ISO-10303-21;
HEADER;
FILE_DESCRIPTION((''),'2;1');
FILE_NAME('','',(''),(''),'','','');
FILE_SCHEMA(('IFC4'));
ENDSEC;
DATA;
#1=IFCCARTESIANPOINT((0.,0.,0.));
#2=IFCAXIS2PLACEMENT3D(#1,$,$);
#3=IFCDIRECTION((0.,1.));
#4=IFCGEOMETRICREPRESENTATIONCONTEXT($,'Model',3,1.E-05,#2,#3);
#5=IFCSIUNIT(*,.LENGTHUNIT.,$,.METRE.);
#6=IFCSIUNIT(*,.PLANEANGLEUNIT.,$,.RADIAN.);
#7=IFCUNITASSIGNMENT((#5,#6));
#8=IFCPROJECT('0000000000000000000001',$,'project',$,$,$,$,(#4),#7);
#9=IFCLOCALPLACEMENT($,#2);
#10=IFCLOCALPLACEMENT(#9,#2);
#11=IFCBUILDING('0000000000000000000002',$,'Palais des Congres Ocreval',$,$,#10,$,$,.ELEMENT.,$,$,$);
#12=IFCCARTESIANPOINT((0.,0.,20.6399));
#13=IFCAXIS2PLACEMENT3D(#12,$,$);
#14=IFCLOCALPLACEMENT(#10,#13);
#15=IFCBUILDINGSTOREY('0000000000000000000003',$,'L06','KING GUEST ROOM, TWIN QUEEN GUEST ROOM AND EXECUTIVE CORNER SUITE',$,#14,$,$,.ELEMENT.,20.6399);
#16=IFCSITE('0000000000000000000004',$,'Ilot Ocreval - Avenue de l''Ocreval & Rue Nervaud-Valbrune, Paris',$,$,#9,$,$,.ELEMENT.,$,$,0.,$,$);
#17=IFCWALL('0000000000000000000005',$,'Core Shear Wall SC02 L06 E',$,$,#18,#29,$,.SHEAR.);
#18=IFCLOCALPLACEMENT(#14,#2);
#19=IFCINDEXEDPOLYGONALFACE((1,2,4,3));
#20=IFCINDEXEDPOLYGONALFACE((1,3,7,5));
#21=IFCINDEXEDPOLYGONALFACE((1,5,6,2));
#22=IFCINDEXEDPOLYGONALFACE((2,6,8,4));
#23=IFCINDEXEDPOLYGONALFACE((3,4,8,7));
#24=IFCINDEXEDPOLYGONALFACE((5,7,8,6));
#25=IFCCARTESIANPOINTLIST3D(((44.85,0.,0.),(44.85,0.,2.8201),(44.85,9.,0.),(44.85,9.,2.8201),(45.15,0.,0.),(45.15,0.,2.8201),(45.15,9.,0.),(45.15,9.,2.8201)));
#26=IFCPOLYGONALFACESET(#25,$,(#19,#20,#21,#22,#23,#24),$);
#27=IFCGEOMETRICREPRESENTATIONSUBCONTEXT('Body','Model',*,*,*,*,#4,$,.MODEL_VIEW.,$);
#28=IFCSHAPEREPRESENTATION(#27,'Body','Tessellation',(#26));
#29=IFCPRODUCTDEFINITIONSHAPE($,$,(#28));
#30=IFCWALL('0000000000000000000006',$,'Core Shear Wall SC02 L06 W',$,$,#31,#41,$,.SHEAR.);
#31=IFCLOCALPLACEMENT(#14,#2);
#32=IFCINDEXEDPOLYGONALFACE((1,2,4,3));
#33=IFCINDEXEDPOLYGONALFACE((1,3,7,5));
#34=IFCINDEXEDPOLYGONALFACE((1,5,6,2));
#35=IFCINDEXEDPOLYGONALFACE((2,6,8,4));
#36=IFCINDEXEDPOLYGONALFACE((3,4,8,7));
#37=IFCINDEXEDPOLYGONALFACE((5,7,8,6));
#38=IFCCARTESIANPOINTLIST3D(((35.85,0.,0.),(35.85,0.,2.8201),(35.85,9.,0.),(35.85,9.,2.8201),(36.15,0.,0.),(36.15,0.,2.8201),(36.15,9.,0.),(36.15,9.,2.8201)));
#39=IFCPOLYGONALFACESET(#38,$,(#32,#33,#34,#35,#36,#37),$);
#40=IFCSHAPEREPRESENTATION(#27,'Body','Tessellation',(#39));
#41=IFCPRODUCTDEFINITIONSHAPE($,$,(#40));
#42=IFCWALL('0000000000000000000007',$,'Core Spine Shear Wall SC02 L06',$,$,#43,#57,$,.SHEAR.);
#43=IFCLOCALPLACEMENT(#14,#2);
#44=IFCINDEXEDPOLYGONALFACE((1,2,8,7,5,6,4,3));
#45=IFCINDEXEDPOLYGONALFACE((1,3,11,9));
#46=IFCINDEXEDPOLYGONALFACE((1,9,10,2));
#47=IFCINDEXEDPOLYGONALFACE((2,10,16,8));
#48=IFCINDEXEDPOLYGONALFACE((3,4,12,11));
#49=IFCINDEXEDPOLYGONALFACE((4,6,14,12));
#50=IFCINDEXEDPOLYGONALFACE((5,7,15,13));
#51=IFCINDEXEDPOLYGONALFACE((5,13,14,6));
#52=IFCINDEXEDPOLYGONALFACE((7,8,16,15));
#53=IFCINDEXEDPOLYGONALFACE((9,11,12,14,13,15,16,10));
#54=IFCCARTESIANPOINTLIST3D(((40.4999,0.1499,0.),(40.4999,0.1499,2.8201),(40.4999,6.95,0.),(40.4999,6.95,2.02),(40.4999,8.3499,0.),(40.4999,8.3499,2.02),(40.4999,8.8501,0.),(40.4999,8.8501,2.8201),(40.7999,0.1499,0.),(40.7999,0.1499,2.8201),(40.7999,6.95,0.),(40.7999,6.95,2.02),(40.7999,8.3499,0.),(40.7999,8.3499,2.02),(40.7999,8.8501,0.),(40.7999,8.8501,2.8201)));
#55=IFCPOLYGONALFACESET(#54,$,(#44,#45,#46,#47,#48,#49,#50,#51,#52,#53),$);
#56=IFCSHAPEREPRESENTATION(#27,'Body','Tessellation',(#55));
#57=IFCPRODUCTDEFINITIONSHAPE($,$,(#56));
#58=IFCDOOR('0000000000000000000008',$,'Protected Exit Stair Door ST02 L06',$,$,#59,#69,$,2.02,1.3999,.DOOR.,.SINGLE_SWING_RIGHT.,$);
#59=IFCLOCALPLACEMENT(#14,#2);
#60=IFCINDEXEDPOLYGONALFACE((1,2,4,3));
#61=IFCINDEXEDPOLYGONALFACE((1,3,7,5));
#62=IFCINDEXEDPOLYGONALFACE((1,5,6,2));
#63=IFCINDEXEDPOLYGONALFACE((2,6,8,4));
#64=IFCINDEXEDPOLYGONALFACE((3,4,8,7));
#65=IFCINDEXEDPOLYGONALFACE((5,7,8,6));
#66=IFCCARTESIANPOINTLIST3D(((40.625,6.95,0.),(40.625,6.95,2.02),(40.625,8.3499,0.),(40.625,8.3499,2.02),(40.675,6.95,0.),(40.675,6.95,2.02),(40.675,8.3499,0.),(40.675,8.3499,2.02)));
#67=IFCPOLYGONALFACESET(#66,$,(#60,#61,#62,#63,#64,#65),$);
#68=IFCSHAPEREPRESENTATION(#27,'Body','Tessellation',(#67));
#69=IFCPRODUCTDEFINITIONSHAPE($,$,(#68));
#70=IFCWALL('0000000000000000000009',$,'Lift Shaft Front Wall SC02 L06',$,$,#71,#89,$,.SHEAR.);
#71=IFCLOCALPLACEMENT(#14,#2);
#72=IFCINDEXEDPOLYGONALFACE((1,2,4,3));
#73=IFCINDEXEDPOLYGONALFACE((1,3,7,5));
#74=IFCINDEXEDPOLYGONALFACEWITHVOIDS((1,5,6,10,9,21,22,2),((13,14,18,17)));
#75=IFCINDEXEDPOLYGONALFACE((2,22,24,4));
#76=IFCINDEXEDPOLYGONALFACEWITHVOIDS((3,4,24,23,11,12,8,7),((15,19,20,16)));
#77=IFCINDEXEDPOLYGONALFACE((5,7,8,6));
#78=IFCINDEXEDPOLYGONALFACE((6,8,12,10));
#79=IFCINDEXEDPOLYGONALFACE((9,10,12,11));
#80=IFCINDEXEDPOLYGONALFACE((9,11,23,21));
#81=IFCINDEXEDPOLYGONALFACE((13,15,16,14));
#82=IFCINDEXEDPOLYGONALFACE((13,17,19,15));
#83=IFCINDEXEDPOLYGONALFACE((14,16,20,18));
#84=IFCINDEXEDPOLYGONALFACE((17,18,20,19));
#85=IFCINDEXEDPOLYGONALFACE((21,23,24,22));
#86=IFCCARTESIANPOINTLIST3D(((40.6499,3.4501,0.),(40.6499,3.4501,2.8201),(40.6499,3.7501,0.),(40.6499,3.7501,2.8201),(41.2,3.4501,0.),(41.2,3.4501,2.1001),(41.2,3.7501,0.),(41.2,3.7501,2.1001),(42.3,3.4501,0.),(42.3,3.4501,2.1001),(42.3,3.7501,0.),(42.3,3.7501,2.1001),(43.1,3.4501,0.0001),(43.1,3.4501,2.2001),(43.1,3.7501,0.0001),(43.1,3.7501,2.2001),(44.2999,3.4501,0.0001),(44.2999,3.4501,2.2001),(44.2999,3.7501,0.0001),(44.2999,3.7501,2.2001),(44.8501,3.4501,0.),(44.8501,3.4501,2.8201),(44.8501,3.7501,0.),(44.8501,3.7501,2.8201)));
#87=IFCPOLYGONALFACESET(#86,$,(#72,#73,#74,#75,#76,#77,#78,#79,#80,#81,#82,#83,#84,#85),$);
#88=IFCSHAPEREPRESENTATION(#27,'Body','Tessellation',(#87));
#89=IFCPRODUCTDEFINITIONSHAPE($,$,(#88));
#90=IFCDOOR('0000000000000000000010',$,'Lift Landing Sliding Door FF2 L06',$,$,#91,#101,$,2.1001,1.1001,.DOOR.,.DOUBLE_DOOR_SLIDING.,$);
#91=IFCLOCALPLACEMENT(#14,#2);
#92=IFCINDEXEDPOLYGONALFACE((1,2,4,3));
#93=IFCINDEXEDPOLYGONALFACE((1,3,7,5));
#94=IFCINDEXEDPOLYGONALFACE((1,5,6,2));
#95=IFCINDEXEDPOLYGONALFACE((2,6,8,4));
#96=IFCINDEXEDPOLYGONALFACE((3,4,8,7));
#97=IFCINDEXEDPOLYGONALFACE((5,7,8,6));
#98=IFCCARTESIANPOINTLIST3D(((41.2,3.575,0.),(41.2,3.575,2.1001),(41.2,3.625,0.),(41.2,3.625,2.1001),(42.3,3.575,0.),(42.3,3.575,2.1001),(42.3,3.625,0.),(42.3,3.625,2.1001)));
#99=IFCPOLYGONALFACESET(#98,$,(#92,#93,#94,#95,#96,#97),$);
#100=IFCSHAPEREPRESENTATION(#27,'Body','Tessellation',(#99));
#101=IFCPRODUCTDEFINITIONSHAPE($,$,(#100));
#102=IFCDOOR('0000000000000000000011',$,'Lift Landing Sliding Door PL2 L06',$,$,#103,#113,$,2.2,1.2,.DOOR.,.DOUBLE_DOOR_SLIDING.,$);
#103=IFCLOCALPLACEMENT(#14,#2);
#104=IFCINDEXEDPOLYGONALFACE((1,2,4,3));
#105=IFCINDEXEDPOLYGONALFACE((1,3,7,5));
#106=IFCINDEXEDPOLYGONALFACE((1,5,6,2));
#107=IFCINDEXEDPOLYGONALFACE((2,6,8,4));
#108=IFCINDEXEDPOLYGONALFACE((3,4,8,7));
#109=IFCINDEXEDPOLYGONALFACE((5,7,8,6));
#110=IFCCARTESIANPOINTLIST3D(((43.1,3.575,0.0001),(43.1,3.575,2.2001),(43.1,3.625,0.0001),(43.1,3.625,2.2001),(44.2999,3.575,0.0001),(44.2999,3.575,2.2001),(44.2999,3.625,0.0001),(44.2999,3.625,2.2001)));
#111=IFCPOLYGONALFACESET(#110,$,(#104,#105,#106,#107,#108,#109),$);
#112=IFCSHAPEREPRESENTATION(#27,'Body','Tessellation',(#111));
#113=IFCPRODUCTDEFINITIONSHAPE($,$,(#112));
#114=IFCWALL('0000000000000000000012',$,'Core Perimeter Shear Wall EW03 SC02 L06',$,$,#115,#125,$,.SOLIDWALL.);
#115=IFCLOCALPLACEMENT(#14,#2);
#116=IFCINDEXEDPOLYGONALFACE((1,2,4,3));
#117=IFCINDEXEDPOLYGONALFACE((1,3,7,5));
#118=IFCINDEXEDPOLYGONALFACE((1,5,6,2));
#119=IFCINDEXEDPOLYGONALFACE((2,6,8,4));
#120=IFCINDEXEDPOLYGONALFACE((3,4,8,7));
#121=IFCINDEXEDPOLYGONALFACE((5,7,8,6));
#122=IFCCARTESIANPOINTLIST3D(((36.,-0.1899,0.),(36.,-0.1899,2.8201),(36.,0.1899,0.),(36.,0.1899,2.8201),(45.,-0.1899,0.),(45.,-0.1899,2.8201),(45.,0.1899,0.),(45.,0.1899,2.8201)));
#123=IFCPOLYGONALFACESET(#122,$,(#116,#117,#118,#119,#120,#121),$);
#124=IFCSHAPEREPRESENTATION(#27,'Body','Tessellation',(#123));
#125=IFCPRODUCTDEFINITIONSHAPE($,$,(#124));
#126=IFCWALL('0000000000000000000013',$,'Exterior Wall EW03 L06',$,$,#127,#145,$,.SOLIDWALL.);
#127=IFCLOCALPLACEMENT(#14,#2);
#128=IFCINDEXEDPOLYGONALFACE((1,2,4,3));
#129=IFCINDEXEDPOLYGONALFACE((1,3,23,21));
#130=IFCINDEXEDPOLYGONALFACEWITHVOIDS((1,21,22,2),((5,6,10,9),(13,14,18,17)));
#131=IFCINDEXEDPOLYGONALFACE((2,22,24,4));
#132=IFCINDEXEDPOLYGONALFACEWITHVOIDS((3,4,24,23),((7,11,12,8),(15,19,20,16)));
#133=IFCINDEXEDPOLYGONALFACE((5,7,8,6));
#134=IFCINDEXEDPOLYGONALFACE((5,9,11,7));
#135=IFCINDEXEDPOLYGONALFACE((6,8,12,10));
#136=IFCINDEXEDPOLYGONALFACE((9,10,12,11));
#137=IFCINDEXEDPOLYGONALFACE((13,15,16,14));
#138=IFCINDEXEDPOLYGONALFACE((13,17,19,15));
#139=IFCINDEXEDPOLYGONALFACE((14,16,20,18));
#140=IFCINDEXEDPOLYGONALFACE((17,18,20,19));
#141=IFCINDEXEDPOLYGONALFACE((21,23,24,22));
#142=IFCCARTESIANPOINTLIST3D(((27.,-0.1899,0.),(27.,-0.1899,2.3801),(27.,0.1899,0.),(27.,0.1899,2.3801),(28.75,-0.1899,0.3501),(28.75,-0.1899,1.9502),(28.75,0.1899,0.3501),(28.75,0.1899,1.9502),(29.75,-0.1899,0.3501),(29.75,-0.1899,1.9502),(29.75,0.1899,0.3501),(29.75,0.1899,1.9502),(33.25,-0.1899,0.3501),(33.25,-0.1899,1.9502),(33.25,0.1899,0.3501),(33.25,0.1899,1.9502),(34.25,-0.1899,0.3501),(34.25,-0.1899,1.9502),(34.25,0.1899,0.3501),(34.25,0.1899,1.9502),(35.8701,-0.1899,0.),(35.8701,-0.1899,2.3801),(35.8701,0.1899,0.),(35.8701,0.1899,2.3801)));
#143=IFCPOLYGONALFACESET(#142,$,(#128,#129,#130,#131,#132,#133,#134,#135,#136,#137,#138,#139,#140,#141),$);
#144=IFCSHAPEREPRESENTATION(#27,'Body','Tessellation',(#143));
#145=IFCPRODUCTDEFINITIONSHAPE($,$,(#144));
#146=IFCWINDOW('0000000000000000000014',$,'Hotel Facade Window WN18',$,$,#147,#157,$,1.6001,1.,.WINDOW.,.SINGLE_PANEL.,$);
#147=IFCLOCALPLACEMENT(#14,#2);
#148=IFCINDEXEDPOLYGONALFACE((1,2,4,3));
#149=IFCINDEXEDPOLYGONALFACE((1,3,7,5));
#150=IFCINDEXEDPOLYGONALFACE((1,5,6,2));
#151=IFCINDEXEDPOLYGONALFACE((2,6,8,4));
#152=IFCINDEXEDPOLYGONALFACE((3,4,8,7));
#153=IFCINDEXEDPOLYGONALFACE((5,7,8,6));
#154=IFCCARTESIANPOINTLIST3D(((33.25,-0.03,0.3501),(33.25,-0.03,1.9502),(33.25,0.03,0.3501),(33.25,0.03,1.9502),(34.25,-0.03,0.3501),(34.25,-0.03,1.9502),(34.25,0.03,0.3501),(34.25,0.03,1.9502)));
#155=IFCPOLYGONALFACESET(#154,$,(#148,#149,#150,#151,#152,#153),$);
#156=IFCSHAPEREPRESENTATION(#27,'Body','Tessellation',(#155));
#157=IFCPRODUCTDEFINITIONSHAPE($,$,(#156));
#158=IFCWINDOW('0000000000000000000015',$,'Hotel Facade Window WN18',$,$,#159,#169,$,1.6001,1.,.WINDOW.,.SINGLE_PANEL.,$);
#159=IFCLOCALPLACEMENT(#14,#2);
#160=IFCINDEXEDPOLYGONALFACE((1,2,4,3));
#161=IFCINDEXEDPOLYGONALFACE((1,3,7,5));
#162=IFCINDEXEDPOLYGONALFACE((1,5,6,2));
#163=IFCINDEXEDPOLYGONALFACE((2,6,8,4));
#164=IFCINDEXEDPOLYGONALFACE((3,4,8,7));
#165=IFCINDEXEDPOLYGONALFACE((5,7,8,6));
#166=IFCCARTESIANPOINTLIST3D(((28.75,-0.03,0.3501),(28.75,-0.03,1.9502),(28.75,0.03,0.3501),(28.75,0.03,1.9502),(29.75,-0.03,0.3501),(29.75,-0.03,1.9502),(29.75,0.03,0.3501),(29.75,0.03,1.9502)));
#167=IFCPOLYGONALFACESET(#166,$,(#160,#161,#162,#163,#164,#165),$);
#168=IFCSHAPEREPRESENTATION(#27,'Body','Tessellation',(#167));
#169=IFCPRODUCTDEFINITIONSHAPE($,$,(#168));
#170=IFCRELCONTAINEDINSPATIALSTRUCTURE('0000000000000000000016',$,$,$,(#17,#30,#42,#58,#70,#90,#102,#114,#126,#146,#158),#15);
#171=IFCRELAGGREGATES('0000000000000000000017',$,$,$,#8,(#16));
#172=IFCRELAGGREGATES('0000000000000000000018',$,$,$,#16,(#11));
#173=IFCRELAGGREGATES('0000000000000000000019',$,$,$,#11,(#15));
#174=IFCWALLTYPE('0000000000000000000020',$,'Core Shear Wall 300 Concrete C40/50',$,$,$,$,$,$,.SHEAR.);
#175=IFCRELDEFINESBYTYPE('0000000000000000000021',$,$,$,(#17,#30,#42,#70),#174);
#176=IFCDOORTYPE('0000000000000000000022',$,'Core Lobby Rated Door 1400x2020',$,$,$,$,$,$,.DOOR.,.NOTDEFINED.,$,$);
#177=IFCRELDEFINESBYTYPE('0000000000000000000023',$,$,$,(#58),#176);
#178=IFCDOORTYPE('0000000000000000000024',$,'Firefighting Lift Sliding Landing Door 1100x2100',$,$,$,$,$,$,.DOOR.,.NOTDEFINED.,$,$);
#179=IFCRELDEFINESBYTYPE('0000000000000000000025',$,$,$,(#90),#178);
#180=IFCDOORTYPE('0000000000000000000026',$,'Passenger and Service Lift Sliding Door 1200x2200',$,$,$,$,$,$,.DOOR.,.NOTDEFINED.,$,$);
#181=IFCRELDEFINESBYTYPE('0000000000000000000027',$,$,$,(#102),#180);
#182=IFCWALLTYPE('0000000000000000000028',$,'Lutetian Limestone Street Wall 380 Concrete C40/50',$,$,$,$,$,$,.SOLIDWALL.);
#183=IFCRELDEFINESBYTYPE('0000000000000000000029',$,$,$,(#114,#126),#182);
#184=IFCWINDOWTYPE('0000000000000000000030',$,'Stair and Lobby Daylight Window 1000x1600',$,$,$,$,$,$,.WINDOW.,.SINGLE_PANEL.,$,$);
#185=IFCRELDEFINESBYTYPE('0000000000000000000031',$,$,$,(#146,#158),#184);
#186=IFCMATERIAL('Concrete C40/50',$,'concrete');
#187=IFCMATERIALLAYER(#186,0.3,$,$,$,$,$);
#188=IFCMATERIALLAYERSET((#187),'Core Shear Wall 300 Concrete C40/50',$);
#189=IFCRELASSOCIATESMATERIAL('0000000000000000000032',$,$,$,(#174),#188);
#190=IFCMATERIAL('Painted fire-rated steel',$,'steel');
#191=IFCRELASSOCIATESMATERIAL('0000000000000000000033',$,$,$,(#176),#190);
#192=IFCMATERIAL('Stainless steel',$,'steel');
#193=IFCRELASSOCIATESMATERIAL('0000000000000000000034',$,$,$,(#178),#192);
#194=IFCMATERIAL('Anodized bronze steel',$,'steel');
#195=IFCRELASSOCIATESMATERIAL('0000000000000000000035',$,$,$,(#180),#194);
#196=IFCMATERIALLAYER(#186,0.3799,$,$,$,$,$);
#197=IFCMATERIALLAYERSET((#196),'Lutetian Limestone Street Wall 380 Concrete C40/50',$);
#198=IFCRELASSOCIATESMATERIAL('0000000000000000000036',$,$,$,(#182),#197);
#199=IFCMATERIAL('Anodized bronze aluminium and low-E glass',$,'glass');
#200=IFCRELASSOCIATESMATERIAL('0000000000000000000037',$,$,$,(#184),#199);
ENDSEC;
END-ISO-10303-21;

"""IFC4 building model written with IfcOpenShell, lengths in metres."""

from ifc_helpers import new_model, si_unit, direction, frame, frame_2d, origin, place, context, subcontext, project, spatial, rectangle, extrude, material, layer, layer_set, type_object, element, fill, save


model = new_model("IFC4")

# Units and contexts
model_context = context("Model", 3, precision=1e-05, world=origin(), true_north=direction((0.0, 1.0)))
body_context = subcontext(model_context, "Body", "Model", "MODEL_VIEW")
ifc_project = project(units=[si_unit("LENGTHUNIT", "METRE"), si_unit("PLANEANGLEUNIT", "RADIAN")], contexts=[model_context])

# Site, building, storey
site_placement = place(None, origin())
site = spatial("IfcSite", under=ifc_project, at=site_placement, Name="Ilot Ocreval - Avenue de l'Ocreval & Rue Nervaud-Valbrune, Paris", CompositionType="ELEMENT", RefElevation=0.0)
building_placement = place(site_placement, origin())
building = spatial("IfcBuilding", under=site, at=building_placement, Name="Palais des Congres Ocreval", CompositionType="ELEMENT")
storey_placement = place(building_placement, frame((0.0, 0.0, 20.6399)))
storey = spatial("IfcBuildingStorey", under=building, at=storey_placement, Name="L06", Description="KING GUEST ROOM, TWIN QUEEN GUEST ROOM AND EXECUTIVE CORNER SUITE", CompositionType="ELEMENT", Elevation=20.6399)

# Walls
ifc_material_1 = material(Name="Concrete C40/50", Category="concrete")
ifc_layer_1 = layer(ifc_material_1, 0.3)
ifc_layer_set_1 = layer_set([ifc_layer_1], Name="Core Shear Wall 300 Concrete C40/50")
wall_type_1 = type_object("IfcWallType", Name="Core Shear Wall 300 Concrete C40/50", PredefinedType="SHEAR", material=ifc_layer_set_1)
for number, where, z_axis, x_axis, name in (
    (1, (45.0, 0.0, 0.0), (0.0, 0.0, 1.0), (0.0, 1.0, 0.0), "Core Shear Wall SC02 L06 E"),
    (2, (36.0, 0.0, 0.0), (0.0, 0.0, 1.0), (0.0, 1.0, 0.0), "Core Shear Wall SC02 L06 W"),
):
    element("IfcWall", number, at=place(storey_placement, frame(where, z_axis=z_axis, x_axis=x_axis)), inside=storey, type_object=wall_type_1, Name=name, PredefinedType="SHEAR", context=body_context, shape_type="SweptSolid", body=[
        extrude(rectangle(XDim=9.0, YDim=0.3, at=frame_2d((4.5, 0.0))), origin(), (0.0, 0.0, 1.0), 2.8201),
    ])

# Wall, opening, door
wall_1_placement = place(storey_placement, frame((40.6499, 0.1499, 0.0), z_axis=(0.0, 0.0, 1.0), x_axis=(0.0, 1.0, 0.0)))
wall_1 = element("IfcWall", 3, at=wall_1_placement, inside=storey, type_object=wall_type_1, Name="Core Spine Shear Wall SC02 L06", PredefinedType="SHEAR", context=body_context, shape_type="SweptSolid", body=[
    extrude(rectangle(XDim=8.7002, YDim=0.3, at=frame_2d((4.3501, 0.0))), origin(), (0.0, 0.0, 1.0), 2.8201),
])
opening_1_placement = place(wall_1_placement, frame((6.8, 0.0, 0.0)))
opening_1 = element("IfcOpeningElement", 4, at=opening_1_placement, cuts=wall_1, PredefinedType="OPENING", context=body_context, shape_type="SweptSolid", body=[
    extrude(rectangle(XDim=1.3999, YDim=2.02, at=frame_2d((0.7, 1.01))), frame((0.0, 0.1599, 0.0), z_axis=(0.0, -1.0, 0.0), x_axis=(1.0, 0.0, 0.0)), (0.0, 0.0, 1.0), 0.3201),
])
ifc_material_2 = material(Name="Painted fire-rated steel", Category="steel")
door_type_1 = type_object("IfcDoorType", Name="Core Lobby Rated Door 1400x2020", OperationType="NOTDEFINED", PredefinedType="DOOR", material=ifc_material_2)
door_1_placement = place(opening_1_placement, origin())
door_1 = element("IfcDoor", 5, at=door_1_placement, inside=storey, type_object=door_type_1, Name="Protected Exit Stair Door ST02 L06", OperationType="SINGLE_SWING_RIGHT", OverallHeight=2.02, OverallWidth=1.3999, PredefinedType="DOOR", context=body_context, shape_type="SweptSolid", body=[
    extrude(rectangle(XDim=1.3999, YDim=2.02, at=frame_2d((0.7, 1.01))), frame((0.0, 0.0249, 0.0), z_axis=(0.0, -1.0, 0.0), x_axis=(1.0, 0.0, 0.0)), (0.0, 0.0, 1.0), 0.05),
])
fill(opening_1, door_1)

# Wall, openings, doors
wall_2_placement = place(storey_placement, frame((40.6499, 3.6001, 0.0), z_axis=(0.0, 0.0, 1.0), x_axis=(1.0, 0.0, 0.0)))
wall_2 = element("IfcWall", 6, at=wall_2_placement, inside=storey, type_object=wall_type_1, Name="Lift Shaft Front Wall SC02 L06", PredefinedType="SHEAR", context=body_context, shape_type="SweptSolid", body=[
    extrude(rectangle(XDim=4.2002, YDim=0.3, at=frame_2d((2.1001, 0.0))), origin(), (0.0, 0.0, 1.0), 2.8201),
])
opening_2_placement = place(wall_2_placement, frame((0.55, 0.0, 0.0)))
opening_2 = element("IfcOpeningElement", 7, at=opening_2_placement, cuts=wall_2, PredefinedType="OPENING", context=body_context, shape_type="SweptSolid", body=[
    extrude(rectangle(XDim=1.1001, YDim=2.1001, at=frame_2d((0.55, 1.05))), frame((0.0, 0.1599, 0.0), z_axis=(0.0, -1.0, 0.0), x_axis=(1.0, 0.0, 0.0)), (0.0, 0.0, 1.0), 0.3201),
])
opening_3_placement = place(wall_2_placement, frame((2.45, 0.0, 0.0)))
opening_3 = element("IfcOpeningElement", 8, at=opening_3_placement, cuts=wall_2, PredefinedType="OPENING", context=body_context, shape_type="SweptSolid", body=[
    extrude(rectangle(XDim=1.2, YDim=2.2, at=frame_2d((0.6001, 1.1001))), frame((0.0, 0.1599, 0.0), z_axis=(0.0, -1.0, 0.0), x_axis=(1.0, 0.0, 0.0)), (0.0, 0.0, 1.0), 0.3201),
])
ifc_material_3 = material(Name="Stainless steel", Category="steel")
door_type_2 = type_object("IfcDoorType", Name="Firefighting Lift Sliding Landing Door 1100x2100", OperationType="NOTDEFINED", PredefinedType="DOOR", material=ifc_material_3)
door_2_placement = place(opening_2_placement, origin())
door_2 = element("IfcDoor", 9, at=door_2_placement, inside=storey, type_object=door_type_2, Name="Lift Landing Sliding Door FF2 L06", OperationType="DOUBLE_DOOR_SLIDING", OverallHeight=2.1001, OverallWidth=1.1001, PredefinedType="DOOR", context=body_context, shape_type="SweptSolid", body=[
    extrude(rectangle(XDim=1.1001, YDim=2.1001, at=frame_2d((0.55, 1.05))), frame((0.0, 0.0249, 0.0), z_axis=(0.0, -1.0, 0.0), x_axis=(1.0, 0.0, 0.0)), (0.0, 0.0, 1.0), 0.05),
])
fill(opening_2, door_2)
ifc_material_4 = material(Name="Anodized bronze steel", Category="steel")
door_type_3 = type_object("IfcDoorType", Name="Passenger and Service Lift Sliding Door 1200x2200", OperationType="NOTDEFINED", PredefinedType="DOOR", material=ifc_material_4)
door_3_placement = place(opening_3_placement, origin())
door_3 = element("IfcDoor", 10, at=door_3_placement, inside=storey, type_object=door_type_3, Name="Lift Landing Sliding Door PL2 L06", OperationType="DOUBLE_DOOR_SLIDING", OverallHeight=2.2, OverallWidth=1.2, PredefinedType="DOOR", context=body_context, shape_type="SweptSolid", body=[
    extrude(rectangle(XDim=1.2, YDim=2.2, at=frame_2d((0.6001, 1.1001))), frame((0.0, 0.0249, 0.0), z_axis=(0.0, -1.0, 0.0), x_axis=(1.0, 0.0, 0.0)), (0.0, 0.0, 1.0), 0.05),
])
fill(opening_3, door_3)

# Wall
ifc_layer_2 = layer(ifc_material_1, 0.3799)
ifc_layer_set_2 = layer_set([ifc_layer_2], Name="Lutetian Limestone Street Wall 380 Concrete C40/50")
wall_type_2 = type_object("IfcWallType", Name="Lutetian Limestone Street Wall 380 Concrete C40/50", PredefinedType="SOLIDWALL", material=ifc_layer_set_2)
wall_3_placement = place(storey_placement, frame((45.0, 0.0, 0.0), z_axis=(0.0, 0.0, 1.0), x_axis=(-1.0, 0.0, 0.0)))
element("IfcWall", 11, at=wall_3_placement, inside=storey, type_object=wall_type_2, Name="Core Perimeter Shear Wall EW03 SC02 L06", PredefinedType="SOLIDWALL", context=body_context, shape_type="SweptSolid", body=[
    extrude(rectangle(XDim=9.0, YDim=0.3799, at=frame_2d((4.5, 0.0))), origin(), (0.0, 0.0, 1.0), 2.8201),
])

# Wall, openings, windows
wall_4_placement = place(storey_placement, frame((35.8701, 0.0, 0.0), z_axis=(0.0, 0.0, 1.0), x_axis=(-1.0, 0.0, 0.0)))
wall_4 = element("IfcWall", 12, at=wall_4_placement, inside=storey, type_object=wall_type_2, Name="Exterior Wall EW03 L06", PredefinedType="SOLIDWALL", context=body_context, shape_type="SweptSolid", body=[
    extrude(rectangle(XDim=8.8701, YDim=0.3799, at=frame_2d((4.4351, 0.0))), origin(), (0.0, 0.0, 1.0), 2.3801),
])
opening_4_placement = place(wall_4_placement, frame((1.6201, 0.0, 0.3501)))
opening_4 = element("IfcOpeningElement", 13, at=opening_4_placement, cuts=wall_4, PredefinedType="OPENING", context=body_context, shape_type="SweptSolid", body=[
    extrude(rectangle(XDim=1.0, YDim=1.6001, at=frame_2d((0.5, 0.8))), frame((0.0, 0.2, 0.0), z_axis=(0.0, -1.0, 0.0), x_axis=(1.0, 0.0, 0.0)), (0.0, 0.0, 1.0), 0.3999),
])
opening_5_placement = place(wall_4_placement, frame((6.1201, 0.0, 0.3501)))
opening_5 = element("IfcOpeningElement", 14, at=opening_5_placement, cuts=wall_4, PredefinedType="OPENING", context=body_context, shape_type="SweptSolid", body=[
    extrude(rectangle(XDim=1.0, YDim=1.6001, at=frame_2d((0.5, 0.8))), frame((0.0, 0.2, 0.0), z_axis=(0.0, -1.0, 0.0), x_axis=(1.0, 0.0, 0.0)), (0.0, 0.0, 1.0), 0.3999),
])
ifc_material_5 = material(Name="Anodized bronze aluminium and low-E glass", Category="glass")
window_type = type_object("IfcWindowType", Name="Stair and Lobby Daylight Window 1000x1600", PartitioningType="SINGLE_PANEL", PredefinedType="WINDOW", material=ifc_material_5)
window_1_placement = place(opening_4_placement, origin())
window_1 = element("IfcWindow", 15, at=window_1_placement, inside=storey, type_object=window_type, Name="Hotel Facade Window WN18", OverallHeight=1.6001, OverallWidth=1.0, PartitioningType="SINGLE_PANEL", PredefinedType="WINDOW", context=body_context, shape_type="SweptSolid", body=[
    extrude(rectangle(XDim=1.0, YDim=1.6001, at=frame_2d((0.5, 0.8))), frame((0.0, 0.03, 0.0), z_axis=(0.0, -1.0, 0.0), x_axis=(1.0, 0.0, 0.0)), (0.0, 0.0, 1.0), 0.0601),
])
fill(opening_4, window_1)
window_2_placement = place(opening_5_placement, origin())
window_2 = element("IfcWindow", 16, at=window_2_placement, inside=storey, type_object=window_type, Name="Hotel Facade Window WN18", OverallHeight=1.6001, OverallWidth=1.0, PartitioningType="SINGLE_PANEL", PredefinedType="WINDOW", context=body_context, shape_type="SweptSolid", body=[
    extrude(rectangle(XDim=1.0, YDim=1.6001, at=frame_2d((0.5, 0.8))), frame((0.0, 0.03, 0.0), z_axis=(0.0, -1.0, 0.0), x_axis=(1.0, 0.0, 0.0)), (0.0, 0.0, 1.0), 0.0601),
])
fill(opening_5, window_2)

save(model, "model.ifc")
